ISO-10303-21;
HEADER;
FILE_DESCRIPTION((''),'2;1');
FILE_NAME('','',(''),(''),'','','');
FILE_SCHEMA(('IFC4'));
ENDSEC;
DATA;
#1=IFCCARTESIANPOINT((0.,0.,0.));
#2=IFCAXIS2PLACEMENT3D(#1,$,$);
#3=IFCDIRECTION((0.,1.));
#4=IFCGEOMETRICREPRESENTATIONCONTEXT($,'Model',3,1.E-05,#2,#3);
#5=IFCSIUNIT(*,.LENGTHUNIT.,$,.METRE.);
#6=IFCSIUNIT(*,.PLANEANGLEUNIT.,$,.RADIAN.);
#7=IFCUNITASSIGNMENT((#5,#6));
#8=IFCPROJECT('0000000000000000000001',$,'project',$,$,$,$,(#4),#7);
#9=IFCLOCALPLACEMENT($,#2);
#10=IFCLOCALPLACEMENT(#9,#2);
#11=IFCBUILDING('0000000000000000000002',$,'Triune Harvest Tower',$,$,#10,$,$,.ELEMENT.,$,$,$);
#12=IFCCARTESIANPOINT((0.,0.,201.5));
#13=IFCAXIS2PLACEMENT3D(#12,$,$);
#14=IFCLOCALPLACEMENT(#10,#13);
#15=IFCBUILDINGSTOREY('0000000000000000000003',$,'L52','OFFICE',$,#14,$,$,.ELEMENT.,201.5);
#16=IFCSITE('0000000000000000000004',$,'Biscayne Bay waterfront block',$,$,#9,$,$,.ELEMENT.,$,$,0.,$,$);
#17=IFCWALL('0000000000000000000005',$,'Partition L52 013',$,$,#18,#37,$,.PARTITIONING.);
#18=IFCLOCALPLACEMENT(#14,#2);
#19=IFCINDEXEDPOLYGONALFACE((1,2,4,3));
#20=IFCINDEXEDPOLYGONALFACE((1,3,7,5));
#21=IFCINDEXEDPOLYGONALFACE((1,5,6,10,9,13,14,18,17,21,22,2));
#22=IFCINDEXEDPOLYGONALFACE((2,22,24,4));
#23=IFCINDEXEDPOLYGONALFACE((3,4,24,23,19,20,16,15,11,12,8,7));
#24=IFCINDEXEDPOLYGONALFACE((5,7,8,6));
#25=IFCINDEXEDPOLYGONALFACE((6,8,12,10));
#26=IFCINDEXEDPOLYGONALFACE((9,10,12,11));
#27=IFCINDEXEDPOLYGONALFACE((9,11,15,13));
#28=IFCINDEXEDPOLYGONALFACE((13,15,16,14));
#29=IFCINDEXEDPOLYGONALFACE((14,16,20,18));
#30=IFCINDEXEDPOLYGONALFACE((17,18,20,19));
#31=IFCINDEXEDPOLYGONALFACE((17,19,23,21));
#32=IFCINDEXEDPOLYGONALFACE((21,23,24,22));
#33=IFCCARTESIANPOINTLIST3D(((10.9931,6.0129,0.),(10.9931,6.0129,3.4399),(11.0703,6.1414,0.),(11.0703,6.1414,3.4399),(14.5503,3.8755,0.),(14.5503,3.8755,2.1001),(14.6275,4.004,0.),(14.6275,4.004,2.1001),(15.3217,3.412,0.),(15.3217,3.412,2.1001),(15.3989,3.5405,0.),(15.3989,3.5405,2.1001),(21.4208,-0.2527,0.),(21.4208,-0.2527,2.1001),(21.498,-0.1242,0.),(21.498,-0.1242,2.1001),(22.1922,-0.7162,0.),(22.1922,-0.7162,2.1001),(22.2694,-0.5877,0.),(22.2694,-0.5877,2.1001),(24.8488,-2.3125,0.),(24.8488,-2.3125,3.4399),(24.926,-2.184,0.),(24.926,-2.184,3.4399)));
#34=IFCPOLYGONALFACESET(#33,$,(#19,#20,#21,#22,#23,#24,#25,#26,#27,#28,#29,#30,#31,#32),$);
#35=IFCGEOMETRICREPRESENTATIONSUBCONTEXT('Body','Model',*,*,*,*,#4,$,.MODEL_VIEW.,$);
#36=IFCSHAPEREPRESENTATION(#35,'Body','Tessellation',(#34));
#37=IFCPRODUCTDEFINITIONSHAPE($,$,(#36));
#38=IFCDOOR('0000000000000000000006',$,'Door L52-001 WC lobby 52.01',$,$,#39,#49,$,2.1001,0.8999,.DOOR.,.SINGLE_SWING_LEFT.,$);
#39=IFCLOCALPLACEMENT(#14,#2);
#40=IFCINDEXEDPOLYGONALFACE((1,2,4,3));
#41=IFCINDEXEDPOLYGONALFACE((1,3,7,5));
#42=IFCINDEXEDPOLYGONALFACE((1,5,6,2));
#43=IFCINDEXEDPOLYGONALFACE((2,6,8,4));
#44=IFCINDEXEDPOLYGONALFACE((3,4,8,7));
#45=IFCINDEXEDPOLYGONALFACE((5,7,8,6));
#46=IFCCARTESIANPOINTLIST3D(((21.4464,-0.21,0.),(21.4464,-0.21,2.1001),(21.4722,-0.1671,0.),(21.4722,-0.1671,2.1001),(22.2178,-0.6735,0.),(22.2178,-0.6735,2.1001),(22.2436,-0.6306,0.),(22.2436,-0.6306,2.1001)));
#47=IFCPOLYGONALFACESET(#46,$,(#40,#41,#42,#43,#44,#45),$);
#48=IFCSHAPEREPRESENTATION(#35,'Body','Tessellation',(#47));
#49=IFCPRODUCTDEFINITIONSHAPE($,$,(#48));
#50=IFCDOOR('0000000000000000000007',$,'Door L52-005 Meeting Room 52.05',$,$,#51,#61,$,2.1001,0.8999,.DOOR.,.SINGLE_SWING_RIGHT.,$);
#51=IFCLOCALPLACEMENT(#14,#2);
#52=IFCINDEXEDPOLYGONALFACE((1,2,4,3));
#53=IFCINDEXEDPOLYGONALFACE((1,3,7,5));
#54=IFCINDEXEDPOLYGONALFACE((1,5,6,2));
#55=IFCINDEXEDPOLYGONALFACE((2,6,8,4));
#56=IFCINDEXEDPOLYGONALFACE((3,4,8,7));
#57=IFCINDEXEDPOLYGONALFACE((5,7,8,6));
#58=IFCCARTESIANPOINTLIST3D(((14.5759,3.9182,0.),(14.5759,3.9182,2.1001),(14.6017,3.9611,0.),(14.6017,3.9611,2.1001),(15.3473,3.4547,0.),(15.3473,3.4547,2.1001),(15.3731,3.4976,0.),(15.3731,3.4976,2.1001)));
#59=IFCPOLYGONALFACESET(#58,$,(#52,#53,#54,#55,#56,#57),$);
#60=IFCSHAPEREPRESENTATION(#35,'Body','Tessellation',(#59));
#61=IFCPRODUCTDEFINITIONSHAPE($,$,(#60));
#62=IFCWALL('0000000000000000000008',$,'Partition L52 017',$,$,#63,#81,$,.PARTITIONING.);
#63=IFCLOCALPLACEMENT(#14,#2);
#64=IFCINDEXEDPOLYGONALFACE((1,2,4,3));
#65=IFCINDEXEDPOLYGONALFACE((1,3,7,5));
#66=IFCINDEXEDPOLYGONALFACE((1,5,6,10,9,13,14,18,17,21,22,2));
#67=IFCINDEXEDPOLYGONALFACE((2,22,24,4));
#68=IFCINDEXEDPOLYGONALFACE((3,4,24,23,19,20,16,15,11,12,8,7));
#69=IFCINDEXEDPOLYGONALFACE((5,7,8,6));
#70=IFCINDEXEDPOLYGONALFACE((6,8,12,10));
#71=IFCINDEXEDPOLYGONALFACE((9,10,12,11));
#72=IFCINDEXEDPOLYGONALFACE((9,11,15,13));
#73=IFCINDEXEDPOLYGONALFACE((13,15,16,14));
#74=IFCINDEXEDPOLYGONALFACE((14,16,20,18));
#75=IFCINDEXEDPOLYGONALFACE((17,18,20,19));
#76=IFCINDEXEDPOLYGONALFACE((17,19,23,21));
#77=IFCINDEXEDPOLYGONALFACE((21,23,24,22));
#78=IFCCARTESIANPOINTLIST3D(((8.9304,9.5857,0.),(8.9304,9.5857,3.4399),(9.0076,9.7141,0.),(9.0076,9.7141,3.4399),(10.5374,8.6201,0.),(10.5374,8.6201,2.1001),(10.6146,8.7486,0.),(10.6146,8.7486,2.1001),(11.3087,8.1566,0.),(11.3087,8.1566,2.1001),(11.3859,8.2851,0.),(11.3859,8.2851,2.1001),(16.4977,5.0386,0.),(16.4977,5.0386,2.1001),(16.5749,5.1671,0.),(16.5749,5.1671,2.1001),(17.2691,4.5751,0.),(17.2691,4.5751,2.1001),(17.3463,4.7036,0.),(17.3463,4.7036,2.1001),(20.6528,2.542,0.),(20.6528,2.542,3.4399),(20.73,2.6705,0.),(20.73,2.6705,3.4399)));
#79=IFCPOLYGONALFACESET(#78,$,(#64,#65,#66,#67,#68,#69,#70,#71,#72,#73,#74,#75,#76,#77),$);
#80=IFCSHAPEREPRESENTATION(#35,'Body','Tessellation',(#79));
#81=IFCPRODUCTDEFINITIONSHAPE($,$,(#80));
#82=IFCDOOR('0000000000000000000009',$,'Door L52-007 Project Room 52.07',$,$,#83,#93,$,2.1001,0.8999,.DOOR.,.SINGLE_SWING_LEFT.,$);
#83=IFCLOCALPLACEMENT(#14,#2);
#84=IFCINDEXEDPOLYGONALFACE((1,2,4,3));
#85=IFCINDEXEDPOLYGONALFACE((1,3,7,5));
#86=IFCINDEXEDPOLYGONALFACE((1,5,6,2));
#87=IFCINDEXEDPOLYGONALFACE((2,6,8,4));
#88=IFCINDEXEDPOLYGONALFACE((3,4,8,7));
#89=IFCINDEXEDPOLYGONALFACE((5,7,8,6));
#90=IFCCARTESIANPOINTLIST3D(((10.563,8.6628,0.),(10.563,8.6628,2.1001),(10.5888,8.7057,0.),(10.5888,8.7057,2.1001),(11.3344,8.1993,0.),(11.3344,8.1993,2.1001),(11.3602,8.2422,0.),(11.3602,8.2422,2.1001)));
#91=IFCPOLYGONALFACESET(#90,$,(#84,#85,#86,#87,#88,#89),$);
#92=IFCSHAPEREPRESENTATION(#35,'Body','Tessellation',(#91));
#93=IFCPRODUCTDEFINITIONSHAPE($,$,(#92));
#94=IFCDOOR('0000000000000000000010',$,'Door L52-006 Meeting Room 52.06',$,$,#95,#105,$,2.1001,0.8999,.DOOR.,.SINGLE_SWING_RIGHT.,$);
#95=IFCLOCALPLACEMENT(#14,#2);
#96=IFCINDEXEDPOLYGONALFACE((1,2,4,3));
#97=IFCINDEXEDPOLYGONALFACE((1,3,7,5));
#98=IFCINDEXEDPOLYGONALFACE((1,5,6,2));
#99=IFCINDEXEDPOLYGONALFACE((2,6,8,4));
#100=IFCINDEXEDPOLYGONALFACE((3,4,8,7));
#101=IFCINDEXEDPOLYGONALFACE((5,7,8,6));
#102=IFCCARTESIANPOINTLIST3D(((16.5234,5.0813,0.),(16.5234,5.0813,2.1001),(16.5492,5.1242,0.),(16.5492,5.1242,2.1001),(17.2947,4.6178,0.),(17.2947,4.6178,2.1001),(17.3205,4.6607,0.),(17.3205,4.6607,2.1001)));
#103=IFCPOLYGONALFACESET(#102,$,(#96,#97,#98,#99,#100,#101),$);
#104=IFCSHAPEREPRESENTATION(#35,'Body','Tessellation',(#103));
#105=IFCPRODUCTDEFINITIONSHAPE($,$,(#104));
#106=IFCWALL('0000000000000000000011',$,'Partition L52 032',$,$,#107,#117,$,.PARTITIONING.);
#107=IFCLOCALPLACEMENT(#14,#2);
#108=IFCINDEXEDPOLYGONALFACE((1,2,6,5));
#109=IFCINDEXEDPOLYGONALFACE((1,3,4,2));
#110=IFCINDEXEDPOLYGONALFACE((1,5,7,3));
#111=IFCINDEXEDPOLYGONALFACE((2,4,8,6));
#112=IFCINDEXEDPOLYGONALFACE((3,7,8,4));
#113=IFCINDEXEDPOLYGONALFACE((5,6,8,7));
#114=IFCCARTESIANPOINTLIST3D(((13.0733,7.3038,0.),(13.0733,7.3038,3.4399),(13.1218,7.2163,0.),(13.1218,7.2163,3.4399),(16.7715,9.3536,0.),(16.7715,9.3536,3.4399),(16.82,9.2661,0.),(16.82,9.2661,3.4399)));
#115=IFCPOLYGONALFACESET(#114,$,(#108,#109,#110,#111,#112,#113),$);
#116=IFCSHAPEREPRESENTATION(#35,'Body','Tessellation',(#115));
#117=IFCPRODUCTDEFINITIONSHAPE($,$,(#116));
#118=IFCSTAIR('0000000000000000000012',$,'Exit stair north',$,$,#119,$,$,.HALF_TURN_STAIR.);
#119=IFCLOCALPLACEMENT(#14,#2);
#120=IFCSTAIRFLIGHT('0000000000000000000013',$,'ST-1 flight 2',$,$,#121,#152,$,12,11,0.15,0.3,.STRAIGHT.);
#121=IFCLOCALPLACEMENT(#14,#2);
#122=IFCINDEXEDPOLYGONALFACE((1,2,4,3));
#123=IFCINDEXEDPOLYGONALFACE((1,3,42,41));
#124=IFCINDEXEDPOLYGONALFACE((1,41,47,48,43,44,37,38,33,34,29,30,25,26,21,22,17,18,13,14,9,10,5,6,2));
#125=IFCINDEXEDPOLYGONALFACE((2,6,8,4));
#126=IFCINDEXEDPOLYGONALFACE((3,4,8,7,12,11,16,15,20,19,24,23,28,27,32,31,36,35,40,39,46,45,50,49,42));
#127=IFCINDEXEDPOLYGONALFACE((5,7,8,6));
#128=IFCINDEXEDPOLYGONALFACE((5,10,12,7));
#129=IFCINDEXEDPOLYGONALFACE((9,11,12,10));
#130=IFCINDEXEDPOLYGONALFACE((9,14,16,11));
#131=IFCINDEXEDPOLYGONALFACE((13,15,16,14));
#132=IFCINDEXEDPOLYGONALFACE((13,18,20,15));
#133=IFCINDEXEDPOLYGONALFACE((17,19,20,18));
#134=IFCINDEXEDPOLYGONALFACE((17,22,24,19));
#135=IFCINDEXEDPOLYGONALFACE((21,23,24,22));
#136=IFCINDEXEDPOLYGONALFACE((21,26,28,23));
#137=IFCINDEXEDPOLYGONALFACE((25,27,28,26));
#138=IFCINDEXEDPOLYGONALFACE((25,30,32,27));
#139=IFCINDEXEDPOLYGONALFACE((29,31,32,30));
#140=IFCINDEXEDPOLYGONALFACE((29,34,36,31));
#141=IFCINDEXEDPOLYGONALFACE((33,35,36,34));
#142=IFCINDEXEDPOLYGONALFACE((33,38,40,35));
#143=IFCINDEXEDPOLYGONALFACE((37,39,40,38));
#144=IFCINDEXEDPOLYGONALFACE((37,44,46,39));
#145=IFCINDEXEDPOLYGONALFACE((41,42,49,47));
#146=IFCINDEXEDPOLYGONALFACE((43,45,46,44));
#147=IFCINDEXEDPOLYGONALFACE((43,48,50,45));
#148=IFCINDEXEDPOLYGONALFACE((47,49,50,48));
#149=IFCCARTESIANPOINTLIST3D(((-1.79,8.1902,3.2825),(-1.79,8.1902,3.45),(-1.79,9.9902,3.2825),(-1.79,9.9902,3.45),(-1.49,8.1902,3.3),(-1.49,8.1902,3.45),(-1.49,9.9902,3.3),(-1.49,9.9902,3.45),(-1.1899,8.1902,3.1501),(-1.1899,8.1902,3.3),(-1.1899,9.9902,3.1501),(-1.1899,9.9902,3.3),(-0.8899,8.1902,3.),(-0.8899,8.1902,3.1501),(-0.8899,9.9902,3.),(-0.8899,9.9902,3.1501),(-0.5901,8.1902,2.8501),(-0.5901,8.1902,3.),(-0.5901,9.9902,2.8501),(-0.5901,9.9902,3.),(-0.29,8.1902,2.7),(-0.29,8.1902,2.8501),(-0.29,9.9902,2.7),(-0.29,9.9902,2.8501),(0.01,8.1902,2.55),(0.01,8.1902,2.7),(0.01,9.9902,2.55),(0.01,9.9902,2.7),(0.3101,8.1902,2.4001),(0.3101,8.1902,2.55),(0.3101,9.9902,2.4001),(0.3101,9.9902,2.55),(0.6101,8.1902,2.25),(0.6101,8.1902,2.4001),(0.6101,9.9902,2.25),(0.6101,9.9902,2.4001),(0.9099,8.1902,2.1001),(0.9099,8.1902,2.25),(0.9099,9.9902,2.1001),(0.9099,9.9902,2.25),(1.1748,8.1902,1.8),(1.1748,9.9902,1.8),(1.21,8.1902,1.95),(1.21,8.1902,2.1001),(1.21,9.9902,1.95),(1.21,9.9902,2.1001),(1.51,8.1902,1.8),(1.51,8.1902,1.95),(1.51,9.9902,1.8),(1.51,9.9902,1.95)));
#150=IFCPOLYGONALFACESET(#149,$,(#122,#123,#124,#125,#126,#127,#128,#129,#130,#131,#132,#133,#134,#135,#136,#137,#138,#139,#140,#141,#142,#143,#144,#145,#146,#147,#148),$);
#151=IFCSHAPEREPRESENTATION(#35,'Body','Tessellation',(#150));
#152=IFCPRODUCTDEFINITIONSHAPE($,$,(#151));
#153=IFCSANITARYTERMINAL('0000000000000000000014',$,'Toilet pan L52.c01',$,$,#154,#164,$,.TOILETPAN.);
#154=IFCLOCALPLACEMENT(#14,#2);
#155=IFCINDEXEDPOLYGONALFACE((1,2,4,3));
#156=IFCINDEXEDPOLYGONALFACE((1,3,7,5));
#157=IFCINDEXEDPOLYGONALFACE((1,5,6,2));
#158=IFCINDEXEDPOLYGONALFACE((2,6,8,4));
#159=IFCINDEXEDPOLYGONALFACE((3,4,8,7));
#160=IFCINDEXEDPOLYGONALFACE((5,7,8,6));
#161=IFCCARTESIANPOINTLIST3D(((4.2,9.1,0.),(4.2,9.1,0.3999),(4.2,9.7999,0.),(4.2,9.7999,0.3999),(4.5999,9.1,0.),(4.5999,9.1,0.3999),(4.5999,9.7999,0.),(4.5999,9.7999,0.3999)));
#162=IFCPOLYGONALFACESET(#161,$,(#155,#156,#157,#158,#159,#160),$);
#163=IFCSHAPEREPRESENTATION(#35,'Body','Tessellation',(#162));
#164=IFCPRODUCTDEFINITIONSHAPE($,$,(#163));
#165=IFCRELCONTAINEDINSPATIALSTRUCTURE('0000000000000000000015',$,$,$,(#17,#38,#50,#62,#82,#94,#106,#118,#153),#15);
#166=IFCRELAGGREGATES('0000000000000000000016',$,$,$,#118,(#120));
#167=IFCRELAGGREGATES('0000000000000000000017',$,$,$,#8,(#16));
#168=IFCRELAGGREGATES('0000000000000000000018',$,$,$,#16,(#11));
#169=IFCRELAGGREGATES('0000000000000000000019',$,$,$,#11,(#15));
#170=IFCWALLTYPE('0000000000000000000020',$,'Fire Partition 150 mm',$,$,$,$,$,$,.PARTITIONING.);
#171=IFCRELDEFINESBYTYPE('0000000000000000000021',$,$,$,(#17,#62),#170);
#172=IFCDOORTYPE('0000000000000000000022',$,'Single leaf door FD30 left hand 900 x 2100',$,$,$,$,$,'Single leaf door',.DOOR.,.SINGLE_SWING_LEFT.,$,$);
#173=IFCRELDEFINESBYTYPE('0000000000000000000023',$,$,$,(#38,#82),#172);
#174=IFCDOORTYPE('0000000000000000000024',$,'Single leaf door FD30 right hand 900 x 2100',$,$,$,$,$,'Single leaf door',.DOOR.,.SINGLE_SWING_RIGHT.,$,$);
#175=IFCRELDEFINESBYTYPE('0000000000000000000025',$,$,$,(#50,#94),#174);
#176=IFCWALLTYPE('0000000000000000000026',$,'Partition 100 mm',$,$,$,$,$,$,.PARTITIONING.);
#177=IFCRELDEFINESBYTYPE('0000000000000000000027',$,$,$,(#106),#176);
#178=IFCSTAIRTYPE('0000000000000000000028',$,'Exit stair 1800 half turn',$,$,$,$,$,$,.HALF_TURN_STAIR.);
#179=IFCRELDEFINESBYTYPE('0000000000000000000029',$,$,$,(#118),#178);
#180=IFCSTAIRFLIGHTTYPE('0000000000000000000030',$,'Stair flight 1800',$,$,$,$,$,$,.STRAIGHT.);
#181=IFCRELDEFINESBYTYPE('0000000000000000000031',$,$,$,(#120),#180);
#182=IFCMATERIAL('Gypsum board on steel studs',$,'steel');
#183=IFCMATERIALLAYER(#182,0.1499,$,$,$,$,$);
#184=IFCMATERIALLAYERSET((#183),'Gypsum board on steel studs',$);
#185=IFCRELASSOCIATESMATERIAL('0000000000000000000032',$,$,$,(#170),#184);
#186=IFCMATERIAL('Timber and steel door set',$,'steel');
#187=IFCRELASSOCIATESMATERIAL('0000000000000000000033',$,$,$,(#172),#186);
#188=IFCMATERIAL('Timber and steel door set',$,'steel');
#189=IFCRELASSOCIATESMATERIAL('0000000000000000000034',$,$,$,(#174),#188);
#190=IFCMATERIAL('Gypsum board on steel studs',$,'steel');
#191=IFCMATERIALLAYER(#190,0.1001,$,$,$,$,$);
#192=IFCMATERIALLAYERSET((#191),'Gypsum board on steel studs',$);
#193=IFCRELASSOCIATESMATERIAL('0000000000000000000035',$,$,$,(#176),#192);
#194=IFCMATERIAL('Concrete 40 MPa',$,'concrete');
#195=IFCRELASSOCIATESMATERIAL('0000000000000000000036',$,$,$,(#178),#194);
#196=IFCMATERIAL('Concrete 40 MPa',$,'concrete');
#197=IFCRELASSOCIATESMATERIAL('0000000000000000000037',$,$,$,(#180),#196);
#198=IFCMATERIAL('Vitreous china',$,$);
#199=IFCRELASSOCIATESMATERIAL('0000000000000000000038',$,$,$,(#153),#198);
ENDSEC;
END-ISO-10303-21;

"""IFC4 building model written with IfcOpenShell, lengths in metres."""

from ifc_helpers import new_model, si_unit, direction, frame, frame_2d, origin, origin_2d, place, context, subcontext, project, spatial, polyline, rectangle, outline, extrude, source, transform, mapped, material, layer, layer_set, type_object, element, fill, aggregate, save


model = new_model("IFC4")

# Units and contexts
model_context = context("Model", 3, precision=1e-05, world=origin(), true_north=direction((0.0, 1.0)))
body_context = subcontext(model_context, "Body", "Model", "MODEL_VIEW")
ifc_project = project(units=[si_unit("LENGTHUNIT", "METRE"), si_unit("PLANEANGLEUNIT", "RADIAN")], contexts=[model_context])

# Site, building, storey
site_placement = place(None, origin())
site = spatial("IfcSite", under=ifc_project, at=site_placement, Name="Biscayne Bay waterfront block", CompositionType="ELEMENT", RefElevation=0.0)
building_placement = place(site_placement, origin())
building = spatial("IfcBuilding", under=site, at=building_placement, Name="Triune Harvest Tower", CompositionType="ELEMENT")
storey_placement = place(building_placement, frame((0.0, 0.0, 201.5)))
storey = spatial("IfcBuildingStorey", under=building, at=storey_placement, Name="L52", Description="OFFICE", CompositionType="ELEMENT", Elevation=201.5)

# Shared definitions
ifc_material_1 = material(Name="Gypsum board on steel studs", Category="steel")
ifc_layer_1 = layer(ifc_material_1, 0.1499)
ifc_layer_set_1 = layer_set([ifc_layer_1], Name="Gypsum board on steel studs")
wall_type_1 = type_object("IfcWallType", Name="Fire Partition 150 mm", PredefinedType="PARTITIONING", material=ifc_layer_set_1)

# Walls, openings, doors
shared_shape_1 = source(origin(), body_context, "Body", "SweptSolid", [
    extrude(rectangle(XDim=16.1646, YDim=0.1499, at=frame_2d((8.0823, 0.0))), origin(), (0.0, 0.0, 1.0), 3.4399),
])
wall_1_placement = place(storey_placement, frame((11.0317, 6.0771, 0.0), z_axis=(0.0, 0.0, 1.0), x_axis=(0.857165, -0.515042, 0.0)))
wall_1 = element("IfcWall", 1, at=wall_1_placement, inside=storey, type_object=wall_type_1, Name="Partition L52 013", PredefinedType="PARTITIONING", context=body_context, shape_type="MappedRepresentation", body=[
    mapped(shared_shape_1, transform((0.0, 0.0, 0.0), scale=1.0)),
])
opening_1_placement = place(wall_1_placement, frame((12.1653, 0.0, 0.0)))
opening_1 = element("IfcOpeningElement", 2, at=opening_1_placement, cuts=wall_1, PredefinedType="OPENING", context=body_context, shape_type="SweptSolid", body=[
    extrude(rectangle(XDim=0.8999, YDim=2.1001, at=frame_2d((0.45, 1.05))), frame((0.0, 0.085, 0.0), z_axis=(0.0, -1.0, 0.0), x_axis=(1.0, 0.0, 0.0)), (0.0, 0.0, 1.0), 0.1699),
])
opening_2_placement = place(wall_1_placement, frame((4.1499, 0.0, 0.0)))
opening_2 = element("IfcOpeningElement", 3, at=opening_2_placement, cuts=wall_1, PredefinedType="OPENING", context=body_context, shape_type="SweptSolid", body=[
    extrude(rectangle(XDim=0.8999, YDim=2.1001, at=frame_2d((0.45, 1.05))), frame((0.0, 0.085, 0.0), z_axis=(0.0, -1.0, 0.0), x_axis=(1.0, 0.0, 0.0)), (0.0, 0.0, 1.0), 0.1699),
])
ifc_material_2 = material(Name="Timber and steel door set", Category="steel")
door_type_1 = type_object("IfcDoorType", Name="Single leaf door FD30 left hand 900 x 2100", ElementType="Single leaf door", OperationType="SINGLE_SWING_LEFT", PredefinedType="DOOR", material=ifc_material_2)
door_1_placement = place(opening_1_placement, origin())
door_1 = element("IfcDoor", 4, at=door_1_placement, inside=storey, type_object=door_type_1, Name="Door L52-001 WC lobby 52.01", OperationType="SINGLE_SWING_LEFT", OverallHeight=2.1001, OverallWidth=0.8999, PredefinedType="DOOR", context=body_context, shape_type="SweptSolid", body=[
    extrude(rectangle(XDim=0.8999, YDim=2.1001, at=frame_2d((0.45, 1.05))), frame((0.0, 0.0249, 0.0), z_axis=(0.0, -1.0, 0.0), x_axis=(1.0, 0.0, 0.0)), (0.0, 0.0, 1.0), 0.05),
])
fill(opening_1, door_1)
ifc_material_3 = material(Name="Timber and steel door set", Category="steel")
door_type_2 = type_object("IfcDoorType", Name="Single leaf door FD30 right hand 900 x 2100", ElementType="Single leaf door", OperationType="SINGLE_SWING_RIGHT", PredefinedType="DOOR", material=ifc_material_3)
door_2_placement = place(opening_2_placement, origin())
door_2 = element("IfcDoor", 5, at=door_2_placement, inside=storey, type_object=door_type_2, Name="Door L52-005 Meeting Room 52.05", OperationType="SINGLE_SWING_RIGHT", OverallHeight=2.1001, OverallWidth=0.8999, PredefinedType="DOOR", context=body_context, shape_type="SweptSolid", body=[
    extrude(rectangle(XDim=0.8999, YDim=2.1001, at=frame_2d((0.45, 1.05))), frame((0.0, 0.0249, 0.0), z_axis=(0.0, -1.0, 0.0), x_axis=(1.0, 0.0, 0.0)), (0.0, 0.0, 1.0), 0.05),
])
fill(opening_2, door_2)
shared_shape_2 = source(origin(), body_context, "Body", "SweptSolid", [
    extrude(rectangle(XDim=13.6758, YDim=0.1499, at=frame_2d((6.8379, 0.0))), origin(), (0.0, 0.0, 1.0), 3.4399),
])
wall_2_placement = place(storey_placement, frame((8.969, 9.6499, 0.0), z_axis=(0.0, 0.0, 1.0), x_axis=(0.857162, -0.515047, 0.0)))
wall_2 = element("IfcWall", 6, at=wall_2_placement, inside=storey, type_object=wall_type_1, Name="Partition L52 017", PredefinedType="PARTITIONING", context=body_context, shape_type="MappedRepresentation", body=[
    mapped(shared_shape_2, transform((0.0, 0.0, 0.0), scale=1.0)),
])
opening_3_placement = place(wall_2_placement, frame((8.8284, 0.0, 0.0)))
opening_3 = element("IfcOpeningElement", 7, at=opening_3_placement, cuts=wall_2, PredefinedType="OPENING", context=body_context, shape_type="SweptSolid", body=[
    extrude(rectangle(XDim=0.8999, YDim=2.1001, at=frame_2d((0.45, 1.05))), frame((0.0, 0.085, 0.0), z_axis=(0.0, -1.0, 0.0), x_axis=(1.0, 0.0, 0.0)), (0.0, 0.0, 1.0), 0.1699),
])
opening_4_placement = place(wall_2_placement, frame((1.8748, 0.0, 0.0)))
opening_4 = element("IfcOpeningElement", 8, at=opening_4_placement, cuts=wall_2, PredefinedType="OPENING", context=body_context, shape_type="SweptSolid", body=[
    extrude(rectangle(XDim=0.8999, YDim=2.1001, at=frame_2d((0.45, 1.05))), frame((0.0, 0.085, 0.0), z_axis=(0.0, -1.0, 0.0), x_axis=(1.0, 0.0, 0.0)), (0.0, 0.0, 1.0), 0.1699),
])
door_3_placement = place(opening_4_placement, origin())
door_3 = element("IfcDoor", 9, at=door_3_placement, inside=storey, type_object=door_type_1, Name="Door L52-007 Project Room 52.07", OperationType="SINGLE_SWING_LEFT", OverallHeight=2.1001, OverallWidth=0.8999, PredefinedType="DOOR", context=body_context, shape_type="SweptSolid", body=[
    extrude(rectangle(XDim=0.8999, YDim=2.1001, at=frame_2d((0.45, 1.05))), frame((0.0, 0.0249, 0.0), z_axis=(0.0, -1.0, 0.0), x_axis=(1.0, 0.0, 0.0)), (0.0, 0.0, 1.0), 0.05),
])
fill(opening_4, door_3)
door_4_placement = place(opening_3_placement, origin())
door_4 = element("IfcDoor", 10, at=door_4_placement, inside=storey, type_object=door_type_2, Name="Door L52-006 Meeting Room 52.06", OperationType="SINGLE_SWING_RIGHT", OverallHeight=2.1001, OverallWidth=0.8999, PredefinedType="DOOR", context=body_context, shape_type="SweptSolid", body=[
    extrude(rectangle(XDim=0.8999, YDim=2.1001, at=frame_2d((0.45, 1.05))), frame((0.0, 0.0249, 0.0), z_axis=(0.0, -1.0, 0.0), x_axis=(1.0, 0.0, 0.0)), (0.0, 0.0, 1.0), 0.05),
])
fill(opening_3, door_4)

# Wall
ifc_material_4 = material(Name="Gypsum board on steel studs", Category="steel")
ifc_layer_2 = layer(ifc_material_4, 0.1001)
ifc_layer_set_2 = layer_set([ifc_layer_2], Name="Gypsum board on steel studs")
wall_type_2 = type_object("IfcWallType", Name="Partition 100 mm", PredefinedType="PARTITIONING", material=ifc_layer_set_2)
shared_shape_3 = source(origin(), body_context, "Body", "SweptSolid", [
    extrude(rectangle(XDim=4.2283, YDim=0.1001, at=frame_2d((2.1143, 0.0))), origin(), (0.0, 0.0, 1.0), 3.4399),
])
wall_3_placement = place(storey_placement, frame((13.0974, 7.26, 0.0), z_axis=(0.0, 0.0, 1.0), x_axis=(0.874636, 0.48478, 0.0)))
element("IfcWall", 11, at=wall_3_placement, inside=storey, type_object=wall_type_2, Name="Partition L52 032", PredefinedType="PARTITIONING", context=body_context, shape_type="MappedRepresentation", body=[
    mapped(shared_shape_3, transform((0.0, 0.0, 0.0), scale=1.0)),
])

# Stair, stair flight
ifc_material_5 = material(Name="Concrete 40 MPa", Category="concrete")
stair_type = type_object("IfcStairType", Name="Exit stair 1800 half turn", PredefinedType="HALF_TURN_STAIR", material=ifc_material_5)
stair_placement = place(storey_placement, origin())
stair = element("IfcStair", 12, at=stair_placement, inside=storey, type_object=stair_type, Name="Exit stair north", PredefinedType="HALF_TURN_STAIR")
ifc_material_6 = material(Name="Concrete 40 MPa", Category="concrete")
stair_flight_type = type_object("IfcStairFlightType", Name="Stair flight 1800", PredefinedType="STRAIGHT", material=ifc_material_6)
shared_shape_4 = source(origin(), body_context, "Body", "SweptSolid", [
    extrude(outline(polyline([(0.0, 0.0), (0.0, 0.1499), (0.3, 0.1499), (0.3, 0.3), (0.6001, 0.3), (0.6001, 0.45), (0.8999, 0.45), (0.8999, 0.6001), (1.2, 0.6001), (1.2, 0.75), (1.5, 0.75), (1.5, 0.8999), (1.8, 0.8999), (1.8, 1.05), (2.1001, 1.05), (2.1001, 1.2), (2.3999, 1.2), (2.3999, 1.3501), (2.7, 1.3501), (2.7, 1.5), (3.0, 1.5), (3.0, 1.6499), (3.3, 1.6499), (3.3, 1.8), (3.3, 1.4824), (0.3352, 0.0), (0.0, 0.0)])), frame((0.0, 0.8999, 0.0), z_axis=(0.0, -1.0, 0.0), x_axis=(1.0, 0.0, 0.0)), (0.0, 0.0, 1.0), 1.8),
])
stair_flight_placement = place(storey_placement, frame((1.51, 9.0901, 1.8), z_axis=(0.0, 0.0, 1.0), x_axis=(-1.0, 0.0, 0.0)))
stair_flight = element("IfcStairFlight", 13, at=stair_flight_placement, type_object=stair_flight_type, Name="ST-1 flight 2", NumberOfRisers=12, NumberOfTreads=11, PredefinedType="STRAIGHT", RiserHeight=0.15, TreadLength=0.3, context=body_context, shape_type="MappedRepresentation", body=[
    mapped(shared_shape_4, transform((0.0, 0.0, 0.0), scale=1.0)),
])
aggregate(stair, [stair_flight])

# Sanitary terminal
ifc_material_7 = material(Name="Vitreous china")
shared_shape_5 = source(origin(), body_context, "Body", "SweptSolid", [
    extrude(rectangle(XDim=0.3999, YDim=0.7, at=origin_2d()), origin(), (0.0, 0.0, 1.0), 0.3999),
])
for number, where, z_axis, x_axis, name in (
    (14, (4.3999, 9.45, 0.0), (0.0, 0.0, 1.0), (1.0, 0.0, 0.0), "Toilet pan L52.c01"),
):
    element("IfcSanitaryTerminal", number, at=place(storey_placement, frame(where, z_axis=z_axis, x_axis=x_axis)), inside=storey, material=ifc_material_7, Name=name, PredefinedType="TOILETPAN", context=body_context, shape_type="MappedRepresentation", body=[
        mapped(shared_shape_5, transform((0.0, 0.0, 0.0), scale=1.0)),
    ])

save(model, "model.ifc")
